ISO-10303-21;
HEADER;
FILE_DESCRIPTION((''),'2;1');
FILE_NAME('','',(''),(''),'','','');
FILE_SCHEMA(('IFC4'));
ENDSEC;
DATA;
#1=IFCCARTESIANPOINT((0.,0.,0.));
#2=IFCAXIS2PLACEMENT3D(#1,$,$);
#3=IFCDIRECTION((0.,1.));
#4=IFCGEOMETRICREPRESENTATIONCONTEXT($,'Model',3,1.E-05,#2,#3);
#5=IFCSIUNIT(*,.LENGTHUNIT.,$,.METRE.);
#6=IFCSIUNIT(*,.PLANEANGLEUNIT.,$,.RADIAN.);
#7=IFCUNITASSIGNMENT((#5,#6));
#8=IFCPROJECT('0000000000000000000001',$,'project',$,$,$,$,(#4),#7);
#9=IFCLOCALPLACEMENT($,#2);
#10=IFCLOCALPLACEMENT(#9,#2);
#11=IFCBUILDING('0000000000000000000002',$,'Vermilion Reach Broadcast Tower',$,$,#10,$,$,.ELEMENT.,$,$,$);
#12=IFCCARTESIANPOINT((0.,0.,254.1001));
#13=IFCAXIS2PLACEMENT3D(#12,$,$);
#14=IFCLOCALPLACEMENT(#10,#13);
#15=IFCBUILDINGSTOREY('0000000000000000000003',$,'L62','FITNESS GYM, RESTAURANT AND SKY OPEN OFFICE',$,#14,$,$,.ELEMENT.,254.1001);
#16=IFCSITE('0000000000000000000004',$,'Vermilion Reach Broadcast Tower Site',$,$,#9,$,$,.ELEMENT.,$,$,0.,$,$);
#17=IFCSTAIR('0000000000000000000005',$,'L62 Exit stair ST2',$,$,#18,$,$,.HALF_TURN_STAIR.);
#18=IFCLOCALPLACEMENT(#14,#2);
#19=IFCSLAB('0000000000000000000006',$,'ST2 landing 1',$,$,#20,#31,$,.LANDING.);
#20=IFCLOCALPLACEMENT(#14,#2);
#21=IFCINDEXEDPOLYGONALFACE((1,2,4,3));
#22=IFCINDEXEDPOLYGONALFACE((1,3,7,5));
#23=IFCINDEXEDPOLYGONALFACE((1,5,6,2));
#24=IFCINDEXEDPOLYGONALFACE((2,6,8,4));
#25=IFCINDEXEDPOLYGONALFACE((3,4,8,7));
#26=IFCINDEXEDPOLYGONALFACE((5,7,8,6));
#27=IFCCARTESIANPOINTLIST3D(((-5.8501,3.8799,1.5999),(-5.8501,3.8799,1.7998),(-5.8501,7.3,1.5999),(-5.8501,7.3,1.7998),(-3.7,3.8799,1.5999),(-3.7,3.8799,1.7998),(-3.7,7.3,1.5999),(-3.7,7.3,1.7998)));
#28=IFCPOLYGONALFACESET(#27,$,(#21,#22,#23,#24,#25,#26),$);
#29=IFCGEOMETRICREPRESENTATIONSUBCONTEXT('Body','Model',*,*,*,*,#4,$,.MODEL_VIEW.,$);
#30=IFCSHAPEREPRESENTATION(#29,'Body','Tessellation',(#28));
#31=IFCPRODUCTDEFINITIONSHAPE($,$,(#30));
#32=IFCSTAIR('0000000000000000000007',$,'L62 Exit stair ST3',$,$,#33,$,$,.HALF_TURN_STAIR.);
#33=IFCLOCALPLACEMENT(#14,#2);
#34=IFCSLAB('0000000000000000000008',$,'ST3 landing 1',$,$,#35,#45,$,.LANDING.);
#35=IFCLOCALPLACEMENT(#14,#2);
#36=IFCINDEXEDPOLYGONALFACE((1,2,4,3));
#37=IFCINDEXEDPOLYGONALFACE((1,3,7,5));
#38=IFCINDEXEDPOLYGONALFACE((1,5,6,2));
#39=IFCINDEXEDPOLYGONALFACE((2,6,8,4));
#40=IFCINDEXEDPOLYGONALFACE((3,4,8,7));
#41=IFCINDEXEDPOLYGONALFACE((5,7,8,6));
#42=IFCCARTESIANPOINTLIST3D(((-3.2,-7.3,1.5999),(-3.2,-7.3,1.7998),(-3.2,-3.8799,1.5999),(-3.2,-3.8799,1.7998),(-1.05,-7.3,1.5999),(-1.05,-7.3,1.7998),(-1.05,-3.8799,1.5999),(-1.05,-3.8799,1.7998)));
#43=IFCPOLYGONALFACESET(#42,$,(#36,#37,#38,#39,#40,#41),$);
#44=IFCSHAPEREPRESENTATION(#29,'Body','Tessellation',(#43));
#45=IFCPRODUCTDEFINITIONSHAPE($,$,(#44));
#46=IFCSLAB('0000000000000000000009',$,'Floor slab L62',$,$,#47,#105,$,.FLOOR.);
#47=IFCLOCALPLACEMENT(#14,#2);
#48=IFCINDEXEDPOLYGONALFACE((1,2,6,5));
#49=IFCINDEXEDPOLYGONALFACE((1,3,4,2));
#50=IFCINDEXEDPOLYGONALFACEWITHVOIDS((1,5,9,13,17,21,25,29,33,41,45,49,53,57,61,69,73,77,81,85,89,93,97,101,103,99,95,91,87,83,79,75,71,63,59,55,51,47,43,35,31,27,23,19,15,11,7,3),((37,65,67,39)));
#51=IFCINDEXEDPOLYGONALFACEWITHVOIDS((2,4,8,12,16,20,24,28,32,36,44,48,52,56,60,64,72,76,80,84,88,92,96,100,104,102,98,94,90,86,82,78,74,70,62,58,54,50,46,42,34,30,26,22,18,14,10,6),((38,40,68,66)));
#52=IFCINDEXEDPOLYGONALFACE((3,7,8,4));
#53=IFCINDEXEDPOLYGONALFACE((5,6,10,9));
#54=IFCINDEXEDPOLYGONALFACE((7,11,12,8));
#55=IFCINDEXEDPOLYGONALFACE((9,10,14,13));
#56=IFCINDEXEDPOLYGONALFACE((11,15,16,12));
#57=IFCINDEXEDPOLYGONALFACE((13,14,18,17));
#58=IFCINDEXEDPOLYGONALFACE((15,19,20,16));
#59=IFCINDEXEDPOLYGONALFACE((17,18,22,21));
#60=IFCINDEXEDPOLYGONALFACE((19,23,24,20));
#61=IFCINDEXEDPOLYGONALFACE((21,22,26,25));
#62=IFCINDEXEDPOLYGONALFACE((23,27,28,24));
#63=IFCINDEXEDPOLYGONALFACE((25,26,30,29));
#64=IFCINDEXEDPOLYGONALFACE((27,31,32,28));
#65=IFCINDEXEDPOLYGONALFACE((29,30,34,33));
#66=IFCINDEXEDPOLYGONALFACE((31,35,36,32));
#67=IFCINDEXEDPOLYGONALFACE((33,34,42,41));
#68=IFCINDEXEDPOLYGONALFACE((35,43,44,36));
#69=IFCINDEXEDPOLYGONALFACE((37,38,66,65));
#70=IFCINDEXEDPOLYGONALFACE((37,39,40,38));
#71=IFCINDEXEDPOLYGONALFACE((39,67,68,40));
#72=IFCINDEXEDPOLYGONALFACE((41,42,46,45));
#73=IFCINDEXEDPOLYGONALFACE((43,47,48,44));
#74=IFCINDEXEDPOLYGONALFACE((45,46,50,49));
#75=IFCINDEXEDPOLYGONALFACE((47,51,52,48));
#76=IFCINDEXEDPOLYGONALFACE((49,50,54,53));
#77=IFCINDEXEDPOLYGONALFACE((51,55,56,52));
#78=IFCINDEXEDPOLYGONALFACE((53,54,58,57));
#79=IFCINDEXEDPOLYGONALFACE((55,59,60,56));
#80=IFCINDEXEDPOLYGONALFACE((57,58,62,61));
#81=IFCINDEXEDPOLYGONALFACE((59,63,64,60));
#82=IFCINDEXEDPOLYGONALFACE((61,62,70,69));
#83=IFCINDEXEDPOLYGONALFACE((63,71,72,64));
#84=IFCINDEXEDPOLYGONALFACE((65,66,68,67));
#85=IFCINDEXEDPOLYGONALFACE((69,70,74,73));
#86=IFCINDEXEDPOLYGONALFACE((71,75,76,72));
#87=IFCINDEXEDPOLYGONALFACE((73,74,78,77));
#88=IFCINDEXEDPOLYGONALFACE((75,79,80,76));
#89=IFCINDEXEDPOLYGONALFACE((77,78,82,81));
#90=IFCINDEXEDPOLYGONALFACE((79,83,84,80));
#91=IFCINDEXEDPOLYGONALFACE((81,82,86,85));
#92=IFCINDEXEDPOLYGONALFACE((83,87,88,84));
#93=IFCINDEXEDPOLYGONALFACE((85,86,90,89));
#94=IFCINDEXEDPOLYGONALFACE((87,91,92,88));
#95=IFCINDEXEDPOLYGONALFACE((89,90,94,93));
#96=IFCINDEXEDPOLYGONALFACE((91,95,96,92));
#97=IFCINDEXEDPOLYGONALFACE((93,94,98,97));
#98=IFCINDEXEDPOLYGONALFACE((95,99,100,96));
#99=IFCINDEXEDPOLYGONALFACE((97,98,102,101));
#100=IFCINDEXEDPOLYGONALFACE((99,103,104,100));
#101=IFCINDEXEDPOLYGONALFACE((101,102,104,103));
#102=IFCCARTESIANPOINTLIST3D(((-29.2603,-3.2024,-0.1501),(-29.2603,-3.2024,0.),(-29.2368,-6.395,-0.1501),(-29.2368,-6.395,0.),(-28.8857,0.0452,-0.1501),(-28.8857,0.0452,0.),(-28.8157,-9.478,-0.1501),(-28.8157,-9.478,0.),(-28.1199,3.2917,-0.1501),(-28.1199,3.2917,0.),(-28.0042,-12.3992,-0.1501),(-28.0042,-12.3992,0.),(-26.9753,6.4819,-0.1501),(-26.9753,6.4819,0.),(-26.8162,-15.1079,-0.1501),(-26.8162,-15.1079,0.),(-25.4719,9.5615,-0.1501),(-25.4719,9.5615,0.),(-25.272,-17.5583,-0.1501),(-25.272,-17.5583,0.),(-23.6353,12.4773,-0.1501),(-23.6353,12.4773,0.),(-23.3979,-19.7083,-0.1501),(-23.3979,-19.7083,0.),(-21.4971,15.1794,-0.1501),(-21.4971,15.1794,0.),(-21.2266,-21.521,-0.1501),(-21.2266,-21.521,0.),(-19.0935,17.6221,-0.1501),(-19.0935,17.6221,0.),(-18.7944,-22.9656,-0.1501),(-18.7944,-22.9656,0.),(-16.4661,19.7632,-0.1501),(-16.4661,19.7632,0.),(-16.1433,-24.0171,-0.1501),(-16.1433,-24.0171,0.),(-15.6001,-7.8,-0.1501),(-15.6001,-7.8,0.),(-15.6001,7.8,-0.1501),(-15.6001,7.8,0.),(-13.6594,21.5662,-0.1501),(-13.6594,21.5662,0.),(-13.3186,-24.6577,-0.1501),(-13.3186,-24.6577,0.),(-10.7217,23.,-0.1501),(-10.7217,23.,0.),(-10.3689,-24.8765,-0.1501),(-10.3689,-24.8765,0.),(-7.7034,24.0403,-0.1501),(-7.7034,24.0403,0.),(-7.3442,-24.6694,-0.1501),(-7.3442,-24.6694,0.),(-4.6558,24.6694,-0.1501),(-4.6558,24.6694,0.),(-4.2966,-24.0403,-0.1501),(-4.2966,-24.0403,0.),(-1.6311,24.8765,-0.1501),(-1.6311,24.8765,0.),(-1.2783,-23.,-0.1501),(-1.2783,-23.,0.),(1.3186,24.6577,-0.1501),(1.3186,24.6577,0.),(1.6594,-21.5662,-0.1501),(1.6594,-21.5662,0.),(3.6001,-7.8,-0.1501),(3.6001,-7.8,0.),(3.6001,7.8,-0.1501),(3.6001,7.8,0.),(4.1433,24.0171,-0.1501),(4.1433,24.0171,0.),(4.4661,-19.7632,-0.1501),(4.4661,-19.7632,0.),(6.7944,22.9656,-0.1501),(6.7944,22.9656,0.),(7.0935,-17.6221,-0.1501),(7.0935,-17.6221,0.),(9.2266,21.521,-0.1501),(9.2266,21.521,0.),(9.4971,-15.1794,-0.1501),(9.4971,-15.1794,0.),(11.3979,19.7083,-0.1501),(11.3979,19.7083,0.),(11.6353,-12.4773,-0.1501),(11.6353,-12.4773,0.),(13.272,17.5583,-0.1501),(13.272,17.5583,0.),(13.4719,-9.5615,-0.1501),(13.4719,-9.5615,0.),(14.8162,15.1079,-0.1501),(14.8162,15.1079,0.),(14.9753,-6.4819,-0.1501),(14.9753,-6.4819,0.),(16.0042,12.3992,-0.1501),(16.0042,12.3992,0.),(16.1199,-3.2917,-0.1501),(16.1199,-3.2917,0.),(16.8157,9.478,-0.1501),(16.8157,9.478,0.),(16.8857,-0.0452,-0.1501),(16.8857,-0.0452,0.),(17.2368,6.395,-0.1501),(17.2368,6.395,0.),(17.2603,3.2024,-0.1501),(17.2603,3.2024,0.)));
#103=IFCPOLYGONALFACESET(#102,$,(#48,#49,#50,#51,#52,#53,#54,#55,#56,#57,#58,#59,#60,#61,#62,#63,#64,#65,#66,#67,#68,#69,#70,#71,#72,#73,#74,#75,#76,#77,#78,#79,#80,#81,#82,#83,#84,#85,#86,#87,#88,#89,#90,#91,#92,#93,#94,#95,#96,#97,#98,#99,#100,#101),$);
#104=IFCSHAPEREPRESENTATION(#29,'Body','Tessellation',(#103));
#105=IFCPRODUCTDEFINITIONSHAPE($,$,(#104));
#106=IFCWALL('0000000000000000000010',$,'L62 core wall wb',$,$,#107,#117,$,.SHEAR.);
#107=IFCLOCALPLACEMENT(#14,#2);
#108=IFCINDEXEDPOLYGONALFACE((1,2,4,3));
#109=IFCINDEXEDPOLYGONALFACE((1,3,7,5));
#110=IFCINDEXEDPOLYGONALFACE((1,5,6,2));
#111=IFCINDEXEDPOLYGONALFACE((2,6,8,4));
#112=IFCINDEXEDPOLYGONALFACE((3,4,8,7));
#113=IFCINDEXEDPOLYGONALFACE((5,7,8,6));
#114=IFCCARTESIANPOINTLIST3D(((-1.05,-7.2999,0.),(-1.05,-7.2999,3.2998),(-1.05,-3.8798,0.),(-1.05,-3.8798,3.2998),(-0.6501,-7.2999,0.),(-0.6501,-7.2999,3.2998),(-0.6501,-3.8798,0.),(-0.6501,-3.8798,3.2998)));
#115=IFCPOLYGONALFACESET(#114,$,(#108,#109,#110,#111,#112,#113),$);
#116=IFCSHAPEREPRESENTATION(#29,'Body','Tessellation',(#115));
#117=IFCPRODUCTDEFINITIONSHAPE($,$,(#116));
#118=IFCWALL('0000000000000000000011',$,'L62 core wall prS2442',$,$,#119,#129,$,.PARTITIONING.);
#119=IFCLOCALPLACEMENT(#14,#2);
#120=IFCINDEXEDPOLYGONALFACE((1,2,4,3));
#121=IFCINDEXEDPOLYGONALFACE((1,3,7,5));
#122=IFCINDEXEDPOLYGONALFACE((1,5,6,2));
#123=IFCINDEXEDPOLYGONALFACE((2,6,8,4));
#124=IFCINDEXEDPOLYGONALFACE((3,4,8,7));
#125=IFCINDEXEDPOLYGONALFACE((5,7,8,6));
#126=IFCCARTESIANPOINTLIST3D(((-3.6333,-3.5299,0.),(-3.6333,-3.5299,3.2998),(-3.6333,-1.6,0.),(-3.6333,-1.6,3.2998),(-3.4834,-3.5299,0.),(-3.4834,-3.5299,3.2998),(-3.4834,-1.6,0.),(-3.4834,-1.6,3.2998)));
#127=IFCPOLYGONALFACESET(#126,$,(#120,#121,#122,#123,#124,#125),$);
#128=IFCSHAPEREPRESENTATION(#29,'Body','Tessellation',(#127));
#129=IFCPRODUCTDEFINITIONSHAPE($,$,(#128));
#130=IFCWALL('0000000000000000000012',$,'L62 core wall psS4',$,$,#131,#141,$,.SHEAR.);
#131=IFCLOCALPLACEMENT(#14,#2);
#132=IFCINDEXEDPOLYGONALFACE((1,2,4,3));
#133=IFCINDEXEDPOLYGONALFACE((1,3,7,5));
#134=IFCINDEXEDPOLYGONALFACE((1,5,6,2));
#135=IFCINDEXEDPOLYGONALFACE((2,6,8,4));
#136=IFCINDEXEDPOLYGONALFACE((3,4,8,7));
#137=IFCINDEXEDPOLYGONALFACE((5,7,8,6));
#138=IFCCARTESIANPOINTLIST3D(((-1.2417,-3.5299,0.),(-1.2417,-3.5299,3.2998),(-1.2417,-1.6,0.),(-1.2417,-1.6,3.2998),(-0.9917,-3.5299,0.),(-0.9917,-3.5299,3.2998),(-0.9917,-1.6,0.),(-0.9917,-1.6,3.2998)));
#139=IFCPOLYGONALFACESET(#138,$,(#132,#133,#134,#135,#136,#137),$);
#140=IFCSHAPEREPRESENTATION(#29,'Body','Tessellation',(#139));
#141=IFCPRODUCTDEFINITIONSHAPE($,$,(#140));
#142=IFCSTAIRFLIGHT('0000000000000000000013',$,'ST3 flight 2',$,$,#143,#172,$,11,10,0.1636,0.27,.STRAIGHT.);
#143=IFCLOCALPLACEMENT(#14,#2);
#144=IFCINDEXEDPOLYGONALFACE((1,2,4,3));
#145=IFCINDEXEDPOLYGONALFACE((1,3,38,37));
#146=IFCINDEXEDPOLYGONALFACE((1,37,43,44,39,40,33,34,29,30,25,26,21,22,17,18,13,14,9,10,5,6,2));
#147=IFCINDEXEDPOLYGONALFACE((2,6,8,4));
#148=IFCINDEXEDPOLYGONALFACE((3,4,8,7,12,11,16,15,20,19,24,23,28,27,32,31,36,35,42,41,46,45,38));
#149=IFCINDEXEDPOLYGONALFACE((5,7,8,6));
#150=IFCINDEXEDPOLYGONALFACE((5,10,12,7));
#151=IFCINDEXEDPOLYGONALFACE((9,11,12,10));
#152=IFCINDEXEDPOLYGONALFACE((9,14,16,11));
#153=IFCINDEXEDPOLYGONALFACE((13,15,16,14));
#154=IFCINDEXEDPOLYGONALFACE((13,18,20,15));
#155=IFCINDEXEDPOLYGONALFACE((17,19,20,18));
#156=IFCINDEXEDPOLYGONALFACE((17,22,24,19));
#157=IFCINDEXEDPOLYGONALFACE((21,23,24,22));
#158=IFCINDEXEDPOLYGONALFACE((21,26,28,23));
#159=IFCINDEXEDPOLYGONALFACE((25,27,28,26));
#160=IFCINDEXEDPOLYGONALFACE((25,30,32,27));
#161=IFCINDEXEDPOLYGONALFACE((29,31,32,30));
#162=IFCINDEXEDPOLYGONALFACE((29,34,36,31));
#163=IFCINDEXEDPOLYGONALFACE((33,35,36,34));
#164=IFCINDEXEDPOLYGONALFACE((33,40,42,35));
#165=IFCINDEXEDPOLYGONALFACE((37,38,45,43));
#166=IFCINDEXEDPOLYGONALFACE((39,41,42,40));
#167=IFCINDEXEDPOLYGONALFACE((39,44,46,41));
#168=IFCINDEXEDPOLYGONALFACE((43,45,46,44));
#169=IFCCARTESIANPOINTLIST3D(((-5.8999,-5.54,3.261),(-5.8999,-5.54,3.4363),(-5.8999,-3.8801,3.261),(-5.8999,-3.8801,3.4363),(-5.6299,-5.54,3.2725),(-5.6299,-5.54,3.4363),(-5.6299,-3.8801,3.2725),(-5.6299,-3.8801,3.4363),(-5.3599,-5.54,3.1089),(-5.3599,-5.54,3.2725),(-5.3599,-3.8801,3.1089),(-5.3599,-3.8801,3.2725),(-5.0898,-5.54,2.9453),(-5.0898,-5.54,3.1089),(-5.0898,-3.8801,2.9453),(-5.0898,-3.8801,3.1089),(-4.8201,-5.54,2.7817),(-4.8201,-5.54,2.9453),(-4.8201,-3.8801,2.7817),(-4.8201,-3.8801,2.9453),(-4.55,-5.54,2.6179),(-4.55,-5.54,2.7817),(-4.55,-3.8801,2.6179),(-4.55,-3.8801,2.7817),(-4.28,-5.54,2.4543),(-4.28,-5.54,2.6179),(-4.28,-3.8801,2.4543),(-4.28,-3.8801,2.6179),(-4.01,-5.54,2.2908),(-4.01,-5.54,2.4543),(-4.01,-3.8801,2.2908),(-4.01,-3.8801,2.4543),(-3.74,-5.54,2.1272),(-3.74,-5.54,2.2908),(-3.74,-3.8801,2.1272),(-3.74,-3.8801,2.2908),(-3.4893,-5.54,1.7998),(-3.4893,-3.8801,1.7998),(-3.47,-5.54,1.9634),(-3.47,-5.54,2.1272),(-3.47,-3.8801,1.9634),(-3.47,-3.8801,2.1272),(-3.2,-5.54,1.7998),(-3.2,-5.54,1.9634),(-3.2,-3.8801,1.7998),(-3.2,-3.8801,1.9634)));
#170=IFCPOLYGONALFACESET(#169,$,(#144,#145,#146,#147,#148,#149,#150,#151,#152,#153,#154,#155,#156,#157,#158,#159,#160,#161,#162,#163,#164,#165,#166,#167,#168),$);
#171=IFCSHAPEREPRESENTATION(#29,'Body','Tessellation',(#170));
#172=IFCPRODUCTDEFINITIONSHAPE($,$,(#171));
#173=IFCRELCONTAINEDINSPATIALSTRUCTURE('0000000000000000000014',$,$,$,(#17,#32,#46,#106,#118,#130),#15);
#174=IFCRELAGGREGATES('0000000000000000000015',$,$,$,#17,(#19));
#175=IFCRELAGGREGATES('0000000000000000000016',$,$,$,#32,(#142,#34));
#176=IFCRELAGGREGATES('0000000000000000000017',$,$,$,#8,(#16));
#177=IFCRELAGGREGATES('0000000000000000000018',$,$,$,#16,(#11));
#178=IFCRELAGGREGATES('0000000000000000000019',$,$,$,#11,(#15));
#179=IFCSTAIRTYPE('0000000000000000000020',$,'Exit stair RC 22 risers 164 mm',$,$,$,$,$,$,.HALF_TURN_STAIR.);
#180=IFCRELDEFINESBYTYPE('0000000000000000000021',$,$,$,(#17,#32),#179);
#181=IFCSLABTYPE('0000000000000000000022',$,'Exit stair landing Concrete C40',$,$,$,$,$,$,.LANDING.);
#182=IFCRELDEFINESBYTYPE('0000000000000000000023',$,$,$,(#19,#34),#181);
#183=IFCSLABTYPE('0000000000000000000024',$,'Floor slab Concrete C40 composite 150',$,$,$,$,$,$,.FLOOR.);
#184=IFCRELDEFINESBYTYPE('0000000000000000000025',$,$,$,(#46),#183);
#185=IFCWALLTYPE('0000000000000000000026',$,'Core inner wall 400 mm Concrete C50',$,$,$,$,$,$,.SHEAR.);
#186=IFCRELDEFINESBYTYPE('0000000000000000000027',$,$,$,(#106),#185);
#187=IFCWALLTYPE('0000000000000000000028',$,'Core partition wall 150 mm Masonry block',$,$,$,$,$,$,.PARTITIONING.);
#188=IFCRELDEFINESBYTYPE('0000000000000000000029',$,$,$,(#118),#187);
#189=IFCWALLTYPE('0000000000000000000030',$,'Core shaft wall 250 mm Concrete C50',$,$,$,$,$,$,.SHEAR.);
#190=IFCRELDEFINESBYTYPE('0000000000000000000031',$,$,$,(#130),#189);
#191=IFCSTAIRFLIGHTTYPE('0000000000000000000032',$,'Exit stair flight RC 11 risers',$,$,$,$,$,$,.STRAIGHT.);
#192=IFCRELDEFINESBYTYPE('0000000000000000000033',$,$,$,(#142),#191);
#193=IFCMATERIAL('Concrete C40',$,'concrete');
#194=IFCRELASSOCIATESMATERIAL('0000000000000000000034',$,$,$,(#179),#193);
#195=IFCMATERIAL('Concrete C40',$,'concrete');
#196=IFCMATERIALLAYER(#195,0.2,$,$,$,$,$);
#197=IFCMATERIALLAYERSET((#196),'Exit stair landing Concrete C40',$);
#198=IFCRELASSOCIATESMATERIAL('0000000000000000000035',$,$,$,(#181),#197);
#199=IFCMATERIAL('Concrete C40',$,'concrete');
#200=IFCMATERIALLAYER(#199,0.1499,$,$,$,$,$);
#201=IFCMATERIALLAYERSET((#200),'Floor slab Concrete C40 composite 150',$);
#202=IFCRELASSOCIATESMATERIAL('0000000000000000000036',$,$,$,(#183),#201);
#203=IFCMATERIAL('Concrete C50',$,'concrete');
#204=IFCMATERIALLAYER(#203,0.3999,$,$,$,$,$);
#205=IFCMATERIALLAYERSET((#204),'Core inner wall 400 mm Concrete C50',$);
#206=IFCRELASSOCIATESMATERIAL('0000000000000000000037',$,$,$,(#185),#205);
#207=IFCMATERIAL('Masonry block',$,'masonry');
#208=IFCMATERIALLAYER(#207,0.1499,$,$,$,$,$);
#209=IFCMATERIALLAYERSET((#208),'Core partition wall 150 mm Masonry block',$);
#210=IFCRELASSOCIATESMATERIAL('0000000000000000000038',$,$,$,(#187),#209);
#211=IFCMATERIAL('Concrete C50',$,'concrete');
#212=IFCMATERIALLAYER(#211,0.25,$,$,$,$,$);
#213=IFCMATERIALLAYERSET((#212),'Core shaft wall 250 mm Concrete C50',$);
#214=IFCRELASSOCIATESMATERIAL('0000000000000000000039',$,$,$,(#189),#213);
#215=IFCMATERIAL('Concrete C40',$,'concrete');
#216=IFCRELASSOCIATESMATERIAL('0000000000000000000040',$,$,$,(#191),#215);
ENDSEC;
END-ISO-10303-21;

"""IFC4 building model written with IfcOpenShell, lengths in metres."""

from ifc_helpers import new_model, si_unit, direction, frame, frame_2d, origin, place, context, subcontext, project, spatial, polyline, rectangle, outline, extrude, material, layer, layer_set, type_object, element, aggregate, save


model = new_model("IFC4")

# Units and contexts
model_context = context("Model", 3, precision=1e-05, world=origin(), true_north=direction((0.0, 1.0)))
body_context = subcontext(model_context, "Body", "Model", "MODEL_VIEW")
ifc_project = project(units=[si_unit("LENGTHUNIT", "METRE"), si_unit("PLANEANGLEUNIT", "RADIAN")], contexts=[model_context])

# Site, building, storey
site_placement = place(None, origin())
site = spatial("IfcSite", under=ifc_project, at=site_placement, Name="Vermilion Reach Broadcast Tower Site", CompositionType="ELEMENT", RefElevation=0.0)
building_placement = place(site_placement, origin())
building = spatial("IfcBuilding", under=site, at=building_placement, Name="Vermilion Reach Broadcast Tower", CompositionType="ELEMENT")
storey_placement = place(building_placement, frame((0.0, 0.0, 254.1001)))
storey = spatial("IfcBuildingStorey", under=building, at=storey_placement, Name="L62", Description="FITNESS GYM, RESTAURANT AND SKY OPEN OFFICE", CompositionType="ELEMENT", Elevation=254.1001)

# Stairs, slabs
ifc_material_1 = material(Name="Concrete C40", Category="concrete")
stair_type = type_object("IfcStairType", Name="Exit stair RC 22 risers 164 mm", PredefinedType="HALF_TURN_STAIR", material=ifc_material_1)
placement_1 = place(storey_placement, origin())
ifc_material_2 = material(Name="Concrete C40", Category="concrete")
ifc_layer_1 = layer(ifc_material_2, 0.2)
ifc_layer_set_1 = layer_set([ifc_layer_1], Name="Exit stair landing Concrete C40")
slab_type_1 = type_object("IfcSlabType", Name="Exit stair landing Concrete C40", PredefinedType="LANDING", material=ifc_layer_set_1)
placement_2 = place(storey_placement, frame((0.0, 0.0, 1.5999)))
stair_1 = element("IfcStair", 1, at=placement_1, inside=storey, type_object=stair_type, Name="L62 Exit stair ST2", PredefinedType="HALF_TURN_STAIR")
slab_1 = element("IfcSlab", 2, at=placement_2, type_object=slab_type_1, Name="ST2 landing 1", PredefinedType="LANDING", context=body_context, shape_type="SweptSolid", body=[
    extrude(outline(polyline([(-3.7, 7.3), (-5.8501, 7.3), (-5.8501, 3.8799), (-3.7, 3.8799), (-3.7, 7.3)])), origin(), (0.0, 0.0, 1.0), 0.2),
])
aggregate(stair_1, [slab_1])
stair_2 = element("IfcStair", 3, at=placement_1, inside=storey, type_object=stair_type, Name="L62 Exit stair ST3", PredefinedType="HALF_TURN_STAIR")
slab_2 = element("IfcSlab", 4, at=placement_2, type_object=slab_type_1, Name="ST3 landing 1", PredefinedType="LANDING", context=body_context, shape_type="SweptSolid", body=[
    extrude(outline(polyline([(-3.2, -7.3), (-1.05, -7.3), (-1.05, -3.8799), (-3.2, -3.8799), (-3.2, -7.3)])), origin(), (0.0, 0.0, 1.0), 0.2),
])

# Slab
ifc_material_3 = material(Name="Concrete C40", Category="concrete")
ifc_layer_2 = layer(ifc_material_3, 0.1499)
ifc_layer_set_2 = layer_set([ifc_layer_2], Name="Floor slab Concrete C40 composite 150")
slab_type_2 = type_object("IfcSlabType", Name="Floor slab Concrete C40 composite 150", PredefinedType="FLOOR", material=ifc_layer_set_2)
slab_3_placement = place(storey_placement, frame((0.0, 0.0, -0.1501)))
element("IfcSlab", 5, at=slab_3_placement, inside=storey, type_object=slab_type_2, Name="Floor slab L62", PredefinedType="FLOOR", context=body_context, shape_type="SweptSolid", body=[
    extrude(outline(polyline([(9.2266, 21.521), (6.7944, 22.9656), (4.1433, 24.0171), (1.3186, 24.6577), (-1.6311, 24.8765), (-4.6558, 24.6694), (-7.7034, 24.0403), (-10.7217, 23.0), (-13.6594, 21.5662), (-16.4661, 19.7632), (-19.0935, 17.6221), (-21.4971, 15.1794), (-23.6353, 12.4773), (-25.4719, 9.5615), (-26.9753, 6.4819), (-28.1199, 3.2917), (-28.8857, 0.0452), (-29.2603, -3.2024), (-29.2368, -6.395), (-28.8157, -9.478), (-28.0042, -12.3992), (-26.8162, -15.1079), (-25.272, -17.5583), (-23.3979, -19.7083), (-21.2266, -21.521), (-18.7944, -22.9656), (-16.1433, -24.0171), (-13.3186, -24.6577), (-10.3689, -24.8765), (-7.3442, -24.6694), (-4.2966, -24.0403), (-1.2783, -23.0), (1.6594, -21.5662), (4.4661, -19.7632), (7.0935, -17.6221), (9.4971, -15.1794), (11.6353, -12.4773), (13.4719, -9.5615), (14.9753, -6.4819), (16.1199, -3.2917), (16.8857, -0.0452), (17.2603, 3.2024), (17.2368, 6.395), (16.8157, 9.478), (16.0042, 12.3992), (14.8162, 15.1079), (13.272, 17.5583), (11.3979, 19.7083), (9.2266, 21.521)]), holes=[polyline([(-15.6001, -7.8), (3.6001, -7.8), (3.6001, 7.8), (-15.6001, 7.8), (-15.6001, -7.8)])]), origin(), (0.0, 0.0, 1.0), 0.1501),
])

# Walls
ifc_material_4 = material(Name="Concrete C50", Category="concrete")
ifc_layer_3 = layer(ifc_material_4, 0.3999)
ifc_layer_set_3 = layer_set([ifc_layer_3], Name="Core inner wall 400 mm Concrete C50")
wall_type_1 = type_object("IfcWallType", Name="Core inner wall 400 mm Concrete C50", PredefinedType="SHEAR", material=ifc_layer_set_3)
wall_1_placement = place(storey_placement, frame((-0.8501, -3.8799, 0.0), z_axis=(0.0, 0.0, 1.0), x_axis=(0.0, -1.0, 0.0)))
element("IfcWall", 6, at=wall_1_placement, inside=storey, type_object=wall_type_1, Name="L62 core wall wb", PredefinedType="SHEAR", context=body_context, shape_type="SweptSolid", body=[
    extrude(rectangle(XDim=3.4202, YDim=0.3999, at=frame_2d((1.71, 0.0))), origin(), (0.0, 0.0, 1.0), 3.2998),
])
ifc_material_5 = material(Name="Masonry block", Category="masonry")
ifc_layer_4 = layer(ifc_material_5, 0.1499)
ifc_layer_set_4 = layer_set([ifc_layer_4], Name="Core partition wall 150 mm Masonry block")
wall_type_2 = type_object("IfcWallType", Name="Core partition wall 150 mm Masonry block", PredefinedType="PARTITIONING", material=ifc_layer_set_4)
wall_2_placement = place(storey_placement, frame((-3.5583, -1.6001, 0.0), z_axis=(0.0, 0.0, 1.0), x_axis=(0.0, -1.0, 0.0)))
element("IfcWall", 7, at=wall_2_placement, inside=storey, type_object=wall_type_2, Name="L62 core wall prS2442", PredefinedType="PARTITIONING", context=body_context, shape_type="SweptSolid", body=[
    extrude(rectangle(XDim=1.9299, YDim=0.1499, at=frame_2d((0.9648, 0.0))), origin(), (0.0, 0.0, 1.0), 3.2998),
])
ifc_material_6 = material(Name="Concrete C50", Category="concrete")
ifc_layer_5 = layer(ifc_material_6, 0.25)
ifc_layer_set_5 = layer_set([ifc_layer_5], Name="Core shaft wall 250 mm Concrete C50")
wall_type_3 = type_object("IfcWallType", Name="Core shaft wall 250 mm Concrete C50", PredefinedType="SHEAR", material=ifc_layer_set_5)
wall_3_placement = place(storey_placement, frame((-1.1167, -1.6001, 0.0), z_axis=(0.0, 0.0, 1.0), x_axis=(0.0, -1.0, 0.0)))
element("IfcWall", 8, at=wall_3_placement, inside=storey, type_object=wall_type_3, Name="L62 core wall psS4", PredefinedType="SHEAR", context=body_context, shape_type="SweptSolid", body=[
    extrude(rectangle(XDim=1.9299, YDim=0.25, at=frame_2d((0.9648, 0.0))), origin(), (0.0, 0.0, 1.0), 3.2998),
])

# Stair flight
ifc_material_7 = material(Name="Concrete C40", Category="concrete")
stair_flight_type = type_object("IfcStairFlightType", Name="Exit stair flight RC 11 risers", PredefinedType="STRAIGHT", material=ifc_material_7)
stair_flight_placement = place(storey_placement, frame((-3.2, -4.71, 1.7998), z_axis=(0.0, 0.0, 1.0), x_axis=(-1.0, 0.0, 0.0)))
stair_flight = element("IfcStairFlight", 9, at=stair_flight_placement, type_object=stair_flight_type, Name="ST3 flight 2", NumberOfRisers=11, NumberOfTreads=10, PredefinedType="STRAIGHT", RiserHeight=0.1636, TreadLength=0.27, context=body_context, shape_type="SweptSolid", body=[
    extrude(outline(polyline([(0.0, 0.0), (0.0, 0.1636), (0.27, 0.1636), (0.27, 0.3274), (0.54, 0.3274), (0.54, 0.491), (0.8101, 0.491), (0.8101, 0.6545), (1.0801, 0.6545), (1.0801, 0.8181), (1.3501, 0.8181), (1.3501, 0.9819), (1.6201, 0.9819), (1.6201, 1.1455), (1.8899, 1.1455), (1.8899, 1.3091), (2.1599, 1.3091), (2.1599, 1.4727), (2.4299, 1.4727), (2.4299, 1.6365), (2.7, 1.6365), (2.7, 1.8), (2.7, 1.4612), (0.2893, 0.0), (0.0, 0.0)])), frame((0.0, 0.8301, 0.0), z_axis=(0.0, -1.0, 0.0), x_axis=(1.0, 0.0, 0.0)), (0.0, 0.0, 1.0), 1.6599),
])
aggregate(stair_2, [stair_flight, slab_2])

save(model, "model.ifc")
